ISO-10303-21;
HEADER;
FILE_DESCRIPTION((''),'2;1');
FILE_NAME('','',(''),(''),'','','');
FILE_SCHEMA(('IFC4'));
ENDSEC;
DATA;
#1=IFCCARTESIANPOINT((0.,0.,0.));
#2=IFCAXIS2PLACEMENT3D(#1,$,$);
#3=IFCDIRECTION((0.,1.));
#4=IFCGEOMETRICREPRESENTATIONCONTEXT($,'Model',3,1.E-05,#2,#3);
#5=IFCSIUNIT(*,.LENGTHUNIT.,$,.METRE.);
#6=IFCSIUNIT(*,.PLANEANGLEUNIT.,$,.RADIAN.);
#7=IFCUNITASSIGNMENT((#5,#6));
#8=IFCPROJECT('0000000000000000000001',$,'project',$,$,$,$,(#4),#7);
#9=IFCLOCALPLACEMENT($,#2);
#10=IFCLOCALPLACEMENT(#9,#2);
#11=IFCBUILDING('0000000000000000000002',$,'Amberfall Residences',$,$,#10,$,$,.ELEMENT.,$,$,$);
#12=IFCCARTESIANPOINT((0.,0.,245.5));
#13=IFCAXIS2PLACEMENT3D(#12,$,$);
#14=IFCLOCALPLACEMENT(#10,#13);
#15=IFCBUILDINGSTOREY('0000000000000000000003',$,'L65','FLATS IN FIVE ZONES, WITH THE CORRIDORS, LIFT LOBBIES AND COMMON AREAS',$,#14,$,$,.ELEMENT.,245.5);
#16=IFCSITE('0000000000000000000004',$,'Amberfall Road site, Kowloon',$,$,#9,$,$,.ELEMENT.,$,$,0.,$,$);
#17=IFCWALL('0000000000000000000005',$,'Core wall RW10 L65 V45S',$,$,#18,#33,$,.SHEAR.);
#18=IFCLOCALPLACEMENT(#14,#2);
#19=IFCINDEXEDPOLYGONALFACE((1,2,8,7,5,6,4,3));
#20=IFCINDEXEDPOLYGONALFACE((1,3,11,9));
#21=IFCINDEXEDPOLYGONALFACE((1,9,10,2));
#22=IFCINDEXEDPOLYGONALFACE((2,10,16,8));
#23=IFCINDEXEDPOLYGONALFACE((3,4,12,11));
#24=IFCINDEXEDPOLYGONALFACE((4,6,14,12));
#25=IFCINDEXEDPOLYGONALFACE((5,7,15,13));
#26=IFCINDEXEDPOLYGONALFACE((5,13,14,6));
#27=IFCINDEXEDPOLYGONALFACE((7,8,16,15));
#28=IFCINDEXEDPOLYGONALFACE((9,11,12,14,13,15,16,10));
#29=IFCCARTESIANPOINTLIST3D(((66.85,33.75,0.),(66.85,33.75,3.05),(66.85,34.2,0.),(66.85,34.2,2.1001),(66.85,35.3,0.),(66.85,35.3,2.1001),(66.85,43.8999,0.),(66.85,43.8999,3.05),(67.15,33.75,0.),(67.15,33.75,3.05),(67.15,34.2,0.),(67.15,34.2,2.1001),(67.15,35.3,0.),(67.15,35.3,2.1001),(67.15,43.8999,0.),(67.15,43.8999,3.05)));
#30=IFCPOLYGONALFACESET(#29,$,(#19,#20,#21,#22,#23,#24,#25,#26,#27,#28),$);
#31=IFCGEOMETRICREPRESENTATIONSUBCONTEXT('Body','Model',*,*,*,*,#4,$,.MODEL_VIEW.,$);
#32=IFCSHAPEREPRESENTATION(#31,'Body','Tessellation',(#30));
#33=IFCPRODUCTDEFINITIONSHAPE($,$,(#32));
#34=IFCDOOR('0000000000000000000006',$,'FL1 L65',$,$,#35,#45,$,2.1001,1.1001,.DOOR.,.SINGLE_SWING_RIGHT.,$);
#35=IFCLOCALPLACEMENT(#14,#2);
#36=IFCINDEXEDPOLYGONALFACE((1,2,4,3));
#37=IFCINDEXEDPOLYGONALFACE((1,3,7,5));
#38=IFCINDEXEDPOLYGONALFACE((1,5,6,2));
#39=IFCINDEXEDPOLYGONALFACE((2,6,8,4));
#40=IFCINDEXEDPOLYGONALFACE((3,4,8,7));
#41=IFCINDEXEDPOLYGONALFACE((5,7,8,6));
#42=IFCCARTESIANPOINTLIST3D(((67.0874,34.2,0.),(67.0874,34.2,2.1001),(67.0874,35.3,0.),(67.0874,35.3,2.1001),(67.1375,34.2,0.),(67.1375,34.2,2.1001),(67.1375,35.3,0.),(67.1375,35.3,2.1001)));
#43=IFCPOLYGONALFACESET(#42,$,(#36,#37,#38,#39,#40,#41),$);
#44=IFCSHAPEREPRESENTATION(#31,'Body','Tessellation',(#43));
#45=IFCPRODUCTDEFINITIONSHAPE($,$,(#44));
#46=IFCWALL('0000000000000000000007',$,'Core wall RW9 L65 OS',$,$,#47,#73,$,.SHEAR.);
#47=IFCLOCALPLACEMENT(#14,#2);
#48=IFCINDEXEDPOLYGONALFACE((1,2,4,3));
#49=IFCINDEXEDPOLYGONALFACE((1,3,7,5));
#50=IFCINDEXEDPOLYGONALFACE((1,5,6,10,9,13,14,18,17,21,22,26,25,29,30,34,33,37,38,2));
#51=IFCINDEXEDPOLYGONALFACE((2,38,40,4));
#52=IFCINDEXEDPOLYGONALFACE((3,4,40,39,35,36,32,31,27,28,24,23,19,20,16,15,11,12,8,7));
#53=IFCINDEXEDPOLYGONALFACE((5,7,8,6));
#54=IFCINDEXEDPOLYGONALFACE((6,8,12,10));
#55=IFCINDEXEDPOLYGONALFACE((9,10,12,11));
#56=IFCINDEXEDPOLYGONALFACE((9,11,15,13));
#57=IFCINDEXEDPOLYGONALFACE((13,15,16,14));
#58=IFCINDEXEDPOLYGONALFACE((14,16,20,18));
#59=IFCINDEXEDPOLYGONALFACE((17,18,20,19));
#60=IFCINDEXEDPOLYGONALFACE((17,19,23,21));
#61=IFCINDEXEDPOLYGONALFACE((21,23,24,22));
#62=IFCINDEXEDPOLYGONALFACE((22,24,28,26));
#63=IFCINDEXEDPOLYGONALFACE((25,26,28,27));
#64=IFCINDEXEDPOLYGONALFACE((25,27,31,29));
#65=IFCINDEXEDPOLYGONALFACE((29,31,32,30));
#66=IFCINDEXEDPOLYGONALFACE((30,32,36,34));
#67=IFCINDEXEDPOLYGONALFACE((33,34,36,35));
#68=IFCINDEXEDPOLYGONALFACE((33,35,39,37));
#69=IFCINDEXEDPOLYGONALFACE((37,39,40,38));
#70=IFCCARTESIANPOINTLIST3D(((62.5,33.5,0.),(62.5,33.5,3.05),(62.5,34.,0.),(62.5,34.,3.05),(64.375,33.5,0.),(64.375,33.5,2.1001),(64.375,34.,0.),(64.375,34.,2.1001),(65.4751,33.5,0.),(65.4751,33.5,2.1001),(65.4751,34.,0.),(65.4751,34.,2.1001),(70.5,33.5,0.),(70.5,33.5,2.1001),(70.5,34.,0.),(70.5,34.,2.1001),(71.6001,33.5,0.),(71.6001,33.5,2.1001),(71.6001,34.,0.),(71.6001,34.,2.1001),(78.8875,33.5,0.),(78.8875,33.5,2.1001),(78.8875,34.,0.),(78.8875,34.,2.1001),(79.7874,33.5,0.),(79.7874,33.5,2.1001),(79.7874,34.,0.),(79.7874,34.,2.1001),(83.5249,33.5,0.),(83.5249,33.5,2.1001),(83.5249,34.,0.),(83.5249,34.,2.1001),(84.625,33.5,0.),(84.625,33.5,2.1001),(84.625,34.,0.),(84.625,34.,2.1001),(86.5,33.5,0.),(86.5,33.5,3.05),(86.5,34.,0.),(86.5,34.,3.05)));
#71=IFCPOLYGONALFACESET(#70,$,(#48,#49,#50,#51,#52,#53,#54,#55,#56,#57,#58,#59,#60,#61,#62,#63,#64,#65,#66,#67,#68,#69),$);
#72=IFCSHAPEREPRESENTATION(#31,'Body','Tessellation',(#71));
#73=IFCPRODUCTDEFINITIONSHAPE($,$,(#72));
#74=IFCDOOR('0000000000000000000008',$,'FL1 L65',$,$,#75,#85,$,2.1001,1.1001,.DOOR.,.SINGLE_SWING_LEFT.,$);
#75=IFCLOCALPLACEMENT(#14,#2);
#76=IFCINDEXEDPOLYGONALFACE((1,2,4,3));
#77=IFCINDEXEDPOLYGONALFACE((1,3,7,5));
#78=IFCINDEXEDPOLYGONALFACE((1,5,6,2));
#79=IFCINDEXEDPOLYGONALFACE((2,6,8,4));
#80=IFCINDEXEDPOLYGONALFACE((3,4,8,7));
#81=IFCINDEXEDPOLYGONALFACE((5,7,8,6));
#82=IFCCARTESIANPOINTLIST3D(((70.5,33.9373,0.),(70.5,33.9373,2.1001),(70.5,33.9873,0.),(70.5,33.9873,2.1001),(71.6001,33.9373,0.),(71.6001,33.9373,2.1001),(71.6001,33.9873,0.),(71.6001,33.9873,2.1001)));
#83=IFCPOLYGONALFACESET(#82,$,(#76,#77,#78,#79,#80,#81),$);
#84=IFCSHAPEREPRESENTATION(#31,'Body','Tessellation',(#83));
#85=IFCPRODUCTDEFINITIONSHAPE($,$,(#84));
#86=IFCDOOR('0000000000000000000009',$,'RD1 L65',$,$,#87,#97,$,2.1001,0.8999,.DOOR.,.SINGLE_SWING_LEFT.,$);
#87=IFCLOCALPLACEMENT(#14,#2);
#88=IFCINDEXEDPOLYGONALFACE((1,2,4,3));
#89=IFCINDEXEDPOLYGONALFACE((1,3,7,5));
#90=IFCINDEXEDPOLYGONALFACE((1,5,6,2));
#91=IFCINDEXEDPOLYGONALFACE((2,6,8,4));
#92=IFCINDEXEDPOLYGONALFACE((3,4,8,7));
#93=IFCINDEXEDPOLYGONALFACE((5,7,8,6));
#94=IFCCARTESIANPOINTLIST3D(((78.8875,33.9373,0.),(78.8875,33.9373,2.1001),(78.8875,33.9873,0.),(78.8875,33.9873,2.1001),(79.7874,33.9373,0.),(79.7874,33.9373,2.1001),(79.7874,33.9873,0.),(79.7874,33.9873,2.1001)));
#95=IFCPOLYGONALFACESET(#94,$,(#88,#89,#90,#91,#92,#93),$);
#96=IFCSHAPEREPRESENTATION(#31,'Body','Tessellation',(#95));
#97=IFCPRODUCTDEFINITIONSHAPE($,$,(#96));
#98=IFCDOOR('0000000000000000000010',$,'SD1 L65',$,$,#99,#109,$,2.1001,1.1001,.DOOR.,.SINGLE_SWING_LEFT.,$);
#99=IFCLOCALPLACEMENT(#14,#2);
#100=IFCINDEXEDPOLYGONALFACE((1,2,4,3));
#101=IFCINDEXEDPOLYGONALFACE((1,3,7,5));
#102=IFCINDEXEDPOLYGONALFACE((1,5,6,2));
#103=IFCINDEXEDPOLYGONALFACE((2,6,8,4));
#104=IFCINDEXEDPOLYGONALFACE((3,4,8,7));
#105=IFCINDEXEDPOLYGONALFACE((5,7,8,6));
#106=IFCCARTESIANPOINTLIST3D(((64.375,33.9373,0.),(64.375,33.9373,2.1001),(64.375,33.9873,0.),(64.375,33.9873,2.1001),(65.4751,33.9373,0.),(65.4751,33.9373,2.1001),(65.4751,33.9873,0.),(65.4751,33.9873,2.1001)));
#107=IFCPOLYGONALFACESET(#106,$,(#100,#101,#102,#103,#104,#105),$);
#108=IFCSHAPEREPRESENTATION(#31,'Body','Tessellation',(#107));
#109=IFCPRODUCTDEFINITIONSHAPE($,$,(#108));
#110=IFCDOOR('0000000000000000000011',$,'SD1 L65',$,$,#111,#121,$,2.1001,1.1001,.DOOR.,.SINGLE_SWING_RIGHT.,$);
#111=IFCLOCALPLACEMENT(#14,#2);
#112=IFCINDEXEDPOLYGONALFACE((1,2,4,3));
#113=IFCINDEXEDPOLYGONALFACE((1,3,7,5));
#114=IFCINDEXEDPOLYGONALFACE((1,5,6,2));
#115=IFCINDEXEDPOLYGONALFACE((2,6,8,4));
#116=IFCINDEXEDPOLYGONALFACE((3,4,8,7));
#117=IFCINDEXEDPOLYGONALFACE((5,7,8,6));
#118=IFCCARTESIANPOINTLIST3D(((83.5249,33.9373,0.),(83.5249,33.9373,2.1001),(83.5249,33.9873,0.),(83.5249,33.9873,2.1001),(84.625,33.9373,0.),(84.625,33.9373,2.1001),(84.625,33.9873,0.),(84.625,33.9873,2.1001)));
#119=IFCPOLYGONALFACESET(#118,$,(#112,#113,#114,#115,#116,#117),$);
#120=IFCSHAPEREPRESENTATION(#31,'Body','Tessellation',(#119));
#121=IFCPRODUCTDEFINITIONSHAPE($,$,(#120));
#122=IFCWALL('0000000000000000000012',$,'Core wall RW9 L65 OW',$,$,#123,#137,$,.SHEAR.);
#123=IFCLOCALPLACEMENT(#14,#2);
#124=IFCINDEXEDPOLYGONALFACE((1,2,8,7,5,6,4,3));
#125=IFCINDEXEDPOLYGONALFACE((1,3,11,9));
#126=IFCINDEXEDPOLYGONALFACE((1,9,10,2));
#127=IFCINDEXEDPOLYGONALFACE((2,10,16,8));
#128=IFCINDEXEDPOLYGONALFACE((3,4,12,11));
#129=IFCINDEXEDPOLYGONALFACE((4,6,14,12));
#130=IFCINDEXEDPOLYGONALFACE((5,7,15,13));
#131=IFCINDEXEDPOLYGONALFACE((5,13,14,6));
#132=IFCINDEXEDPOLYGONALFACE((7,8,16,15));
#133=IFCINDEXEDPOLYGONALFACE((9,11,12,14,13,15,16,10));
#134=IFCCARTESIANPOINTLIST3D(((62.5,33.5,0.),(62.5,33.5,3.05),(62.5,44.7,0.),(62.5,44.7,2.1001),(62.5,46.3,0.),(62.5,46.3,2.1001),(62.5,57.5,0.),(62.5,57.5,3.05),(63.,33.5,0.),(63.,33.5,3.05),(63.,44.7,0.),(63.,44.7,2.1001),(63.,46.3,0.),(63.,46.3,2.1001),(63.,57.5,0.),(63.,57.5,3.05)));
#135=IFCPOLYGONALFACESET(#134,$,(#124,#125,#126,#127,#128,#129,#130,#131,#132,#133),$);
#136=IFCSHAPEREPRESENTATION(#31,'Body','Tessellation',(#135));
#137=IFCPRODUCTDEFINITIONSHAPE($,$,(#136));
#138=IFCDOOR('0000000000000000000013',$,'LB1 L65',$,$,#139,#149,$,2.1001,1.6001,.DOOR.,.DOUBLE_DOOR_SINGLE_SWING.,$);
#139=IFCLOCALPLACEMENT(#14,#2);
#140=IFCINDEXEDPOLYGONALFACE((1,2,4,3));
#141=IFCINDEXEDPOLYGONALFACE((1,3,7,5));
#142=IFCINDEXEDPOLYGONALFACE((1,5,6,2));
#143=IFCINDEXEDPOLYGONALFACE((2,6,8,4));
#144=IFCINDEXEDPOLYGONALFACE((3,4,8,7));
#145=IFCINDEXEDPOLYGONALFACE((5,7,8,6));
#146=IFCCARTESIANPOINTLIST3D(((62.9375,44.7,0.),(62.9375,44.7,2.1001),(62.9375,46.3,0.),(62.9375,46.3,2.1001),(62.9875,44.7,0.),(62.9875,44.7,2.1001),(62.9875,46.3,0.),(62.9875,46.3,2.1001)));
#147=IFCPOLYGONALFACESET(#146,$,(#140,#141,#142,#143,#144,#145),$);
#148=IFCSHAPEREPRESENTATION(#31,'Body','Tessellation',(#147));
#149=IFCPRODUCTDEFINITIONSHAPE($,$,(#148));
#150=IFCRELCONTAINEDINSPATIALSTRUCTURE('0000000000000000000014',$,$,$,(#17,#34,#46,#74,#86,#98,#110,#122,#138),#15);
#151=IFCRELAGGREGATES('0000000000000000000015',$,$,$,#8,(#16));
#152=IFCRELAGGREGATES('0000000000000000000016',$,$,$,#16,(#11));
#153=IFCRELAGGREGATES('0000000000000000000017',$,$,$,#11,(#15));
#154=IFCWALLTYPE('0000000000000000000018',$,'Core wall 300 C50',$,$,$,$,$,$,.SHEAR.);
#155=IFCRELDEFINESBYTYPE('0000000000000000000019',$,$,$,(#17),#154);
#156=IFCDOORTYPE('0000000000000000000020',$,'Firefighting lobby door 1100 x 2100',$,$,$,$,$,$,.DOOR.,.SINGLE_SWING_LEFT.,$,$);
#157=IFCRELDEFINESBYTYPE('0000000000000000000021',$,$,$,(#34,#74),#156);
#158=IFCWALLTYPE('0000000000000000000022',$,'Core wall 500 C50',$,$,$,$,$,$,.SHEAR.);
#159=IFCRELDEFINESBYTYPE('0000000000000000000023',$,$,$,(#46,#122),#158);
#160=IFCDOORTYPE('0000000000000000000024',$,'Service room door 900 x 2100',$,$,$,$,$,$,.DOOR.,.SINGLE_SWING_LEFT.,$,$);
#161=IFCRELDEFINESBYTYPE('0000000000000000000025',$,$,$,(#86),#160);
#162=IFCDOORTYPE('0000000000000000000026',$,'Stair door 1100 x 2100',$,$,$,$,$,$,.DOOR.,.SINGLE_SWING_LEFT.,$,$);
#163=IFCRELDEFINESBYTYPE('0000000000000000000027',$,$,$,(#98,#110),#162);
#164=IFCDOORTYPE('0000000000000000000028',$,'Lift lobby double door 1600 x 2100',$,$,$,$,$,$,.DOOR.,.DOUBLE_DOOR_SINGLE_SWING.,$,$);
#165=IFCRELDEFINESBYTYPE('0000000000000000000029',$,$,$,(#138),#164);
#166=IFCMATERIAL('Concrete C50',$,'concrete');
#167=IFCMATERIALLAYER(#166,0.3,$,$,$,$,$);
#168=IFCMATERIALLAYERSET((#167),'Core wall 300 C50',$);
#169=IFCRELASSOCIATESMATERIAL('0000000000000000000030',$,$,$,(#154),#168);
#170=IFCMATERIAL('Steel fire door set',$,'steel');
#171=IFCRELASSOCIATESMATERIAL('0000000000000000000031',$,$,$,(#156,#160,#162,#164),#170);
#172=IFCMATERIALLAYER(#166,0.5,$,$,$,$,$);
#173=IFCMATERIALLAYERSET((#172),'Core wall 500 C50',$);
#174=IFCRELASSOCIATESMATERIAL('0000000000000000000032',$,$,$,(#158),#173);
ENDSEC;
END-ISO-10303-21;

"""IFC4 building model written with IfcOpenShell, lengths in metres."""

from ifc_helpers import new_model, si_unit, direction, frame, frame_2d, origin, place, context, subcontext, project, spatial, rectangle, extrude, material, layer, layer_set, type_object, element, fill, save


model = new_model("IFC4")

# Units and contexts
model_context = context("Model", 3, precision=1e-05, world=origin(), true_north=direction((0.0, 1.0)))
body_context = subcontext(model_context, "Body", "Model", "MODEL_VIEW")
ifc_project = project(units=[si_unit("LENGTHUNIT", "METRE"), si_unit("PLANEANGLEUNIT", "RADIAN")], contexts=[model_context])

# Site, building, storey
site_placement = place(None, origin())
site = spatial("IfcSite", under=ifc_project, at=site_placement, Name="Amberfall Road site, Kowloon", CompositionType="ELEMENT", RefElevation=0.0)
building_placement = place(site_placement, origin())
building = spatial("IfcBuilding", under=site, at=building_placement, Name="Amberfall Residences", CompositionType="ELEMENT")
storey_placement = place(building_placement, frame((0.0, 0.0, 245.5)))
storey = spatial("IfcBuildingStorey", under=building, at=storey_placement, Name="L65", Description="FLATS IN FIVE ZONES, WITH THE CORRIDORS, LIFT LOBBIES AND COMMON AREAS", CompositionType="ELEMENT", Elevation=245.5)

# Wall, opening, door
ifc_material_1 = material(Name="Concrete C50", Category="concrete")
ifc_layer_1 = layer(ifc_material_1, 0.3)
ifc_layer_set_1 = layer_set([ifc_layer_1], Name="Core wall 300 C50")
wall_type_1 = type_object("IfcWallType", Name="Core wall 300 C50", PredefinedType="SHEAR", material=ifc_layer_set_1)
wall_1_placement = place(storey_placement, frame((67.0, 33.75, 0.0), z_axis=(0.0, 0.0, 1.0), x_axis=(0.0, 1.0, 0.0)))
wall_1 = element("IfcWall", 1, at=wall_1_placement, inside=storey, type_object=wall_type_1, Name="Core wall RW10 L65 V45S", PredefinedType="SHEAR", context=body_context, shape_type="SweptSolid", body=[
    extrude(rectangle(XDim=10.1499, YDim=0.3, at=frame_2d((5.075, 0.0))), origin(), (0.0, 0.0, 1.0), 3.05),
])
opening_1_placement = place(wall_1_placement, frame((0.45, 0.0, 0.0)))
opening_1 = element("IfcOpeningElement", 2, at=opening_1_placement, cuts=wall_1, PredefinedType="OPENING", context=body_context, shape_type="SweptSolid", body=[
    extrude(rectangle(XDim=1.1001, YDim=2.1001, at=frame_2d((0.55, 1.05))), frame((0.0, 0.1599, 0.0), z_axis=(0.0, -1.0, 0.0), x_axis=(1.0, 0.0, 0.0)), (0.0, 0.0, 1.0), 0.3201),
])
ifc_material_2 = material(Name="Steel fire door set", Category="steel")
door_type_1 = type_object("IfcDoorType", Name="Firefighting lobby door 1100 x 2100", OperationType="SINGLE_SWING_LEFT", PredefinedType="DOOR", material=ifc_material_2)
door_1_placement = place(opening_1_placement, origin())
door_1 = element("IfcDoor", 3, at=door_1_placement, inside=storey, type_object=door_type_1, Name="FL1 L65", OperationType="SINGLE_SWING_RIGHT", OverallHeight=2.1001, OverallWidth=1.1001, PredefinedType="DOOR", context=body_context, shape_type="SweptSolid", body=[
    extrude(rectangle(XDim=1.1001, YDim=2.1001, at=frame_2d((0.55, 1.05))), frame((0.0, -0.0874, 0.0), z_axis=(0.0, -1.0, 0.0), x_axis=(1.0, 0.0, 0.0)), (0.0, 0.0, 1.0), 0.05),
])
fill(opening_1, door_1)

# Wall, openings, doors
ifc_layer_2 = layer(ifc_material_1, 0.5)
ifc_layer_set_2 = layer_set([ifc_layer_2], Name="Core wall 500 C50")
wall_type_2 = type_object("IfcWallType", Name="Core wall 500 C50", PredefinedType="SHEAR", material=ifc_layer_set_2)
wall_2_placement = place(storey_placement, frame((62.5, 33.75, 0.0), z_axis=(0.0, 0.0, 1.0), x_axis=(1.0, 0.0, 0.0)))
wall_2 = element("IfcWall", 4, at=wall_2_placement, inside=storey, type_object=wall_type_2, Name="Core wall RW9 L65 OS", PredefinedType="SHEAR", context=body_context, shape_type="SweptSolid", body=[
    extrude(rectangle(XDim=24.0, YDim=0.5, at=frame_2d((12.0, 0.0))), origin(), (0.0, 0.0, 1.0), 3.05),
])
opening_2_placement = place(wall_2_placement, frame((1.875, 0.0, 0.0)))
opening_2 = element("IfcOpeningElement", 5, at=opening_2_placement, cuts=wall_2, PredefinedType="OPENING", context=body_context, shape_type="SweptSolid", body=[
    extrude(rectangle(XDim=1.1001, YDim=2.1001, at=frame_2d((0.55, 1.05))), frame((0.0, 0.26, 0.0), z_axis=(0.0, -1.0, 0.0), x_axis=(1.0, 0.0, 0.0)), (0.0, 0.0, 1.0), 0.52),
])
opening_3_placement = place(wall_2_placement, frame((21.0249, 0.0, 0.0)))
opening_3 = element("IfcOpeningElement", 6, at=opening_3_placement, cuts=wall_2, PredefinedType="OPENING", context=body_context, shape_type="SweptSolid", body=[
    extrude(rectangle(XDim=1.1001, YDim=2.1001, at=frame_2d((0.55, 1.05))), frame((0.0, 0.26, 0.0), z_axis=(0.0, -1.0, 0.0), x_axis=(1.0, 0.0, 0.0)), (0.0, 0.0, 1.0), 0.52),
])
opening_4_placement = place(wall_2_placement, frame((8.0, 0.0, 0.0)))
opening_4 = element("IfcOpeningElement", 7, at=opening_4_placement, cuts=wall_2, PredefinedType="OPENING", context=body_context, shape_type="SweptSolid", body=[
    extrude(rectangle(XDim=1.1001, YDim=2.1001, at=frame_2d((0.55, 1.05))), frame((0.0, 0.26, 0.0), z_axis=(0.0, -1.0, 0.0), x_axis=(1.0, 0.0, 0.0)), (0.0, 0.0, 1.0), 0.52),
])
opening_5_placement = place(wall_2_placement, frame((16.3875, 0.0, 0.0)))
opening_5 = element("IfcOpeningElement", 8, at=opening_5_placement, cuts=wall_2, PredefinedType="OPENING", context=body_context, shape_type="SweptSolid", body=[
    extrude(rectangle(XDim=0.8999, YDim=2.1001, at=frame_2d((0.45, 1.05))), frame((0.0, 0.26, 0.0), z_axis=(0.0, -1.0, 0.0), x_axis=(1.0, 0.0, 0.0)), (0.0, 0.0, 1.0), 0.52),
])
door_2_placement = place(opening_4_placement, origin())
door_2 = element("IfcDoor", 9, at=door_2_placement, inside=storey, type_object=door_type_1, Name="FL1 L65", OperationType="SINGLE_SWING_LEFT", OverallHeight=2.1001, OverallWidth=1.1001, PredefinedType="DOOR", context=body_context, shape_type="SweptSolid", body=[
    extrude(rectangle(XDim=1.1001, YDim=2.1001, at=frame_2d((0.55, 1.05))), frame((0.0, 0.2373, 0.0), z_axis=(0.0, -1.0, 0.0), x_axis=(1.0, 0.0, 0.0)), (0.0, 0.0, 1.0), 0.05),
])
fill(opening_4, door_2)
door_type_2 = type_object("IfcDoorType", Name="Service room door 900 x 2100", OperationType="SINGLE_SWING_LEFT", PredefinedType="DOOR", material=ifc_material_2)
door_3_placement = place(opening_5_placement, origin())
door_3 = element("IfcDoor", 10, at=door_3_placement, inside=storey, type_object=door_type_2, Name="RD1 L65", OperationType="SINGLE_SWING_LEFT", OverallHeight=2.1001, OverallWidth=0.8999, PredefinedType="DOOR", context=body_context, shape_type="SweptSolid", body=[
    extrude(rectangle(XDim=0.8999, YDim=2.1001, at=frame_2d((0.45, 1.05))), frame((0.0, 0.2373, 0.0), z_axis=(0.0, -1.0, 0.0), x_axis=(1.0, 0.0, 0.0)), (0.0, 0.0, 1.0), 0.05),
])
fill(opening_5, door_3)
door_type_3 = type_object("IfcDoorType", Name="Stair door 1100 x 2100", OperationType="SINGLE_SWING_LEFT", PredefinedType="DOOR", material=ifc_material_2)
door_4_placement = place(opening_2_placement, origin())
door_4 = element("IfcDoor", 11, at=door_4_placement, inside=storey, type_object=door_type_3, Name="SD1 L65", OperationType="SINGLE_SWING_LEFT", OverallHeight=2.1001, OverallWidth=1.1001, PredefinedType="DOOR", context=body_context, shape_type="SweptSolid", body=[
    extrude(rectangle(XDim=1.1001, YDim=2.1001, at=frame_2d((0.55, 1.05))), frame((0.0, 0.2373, 0.0), z_axis=(0.0, -1.0, 0.0), x_axis=(1.0, 0.0, 0.0)), (0.0, 0.0, 1.0), 0.05),
])
fill(opening_2, door_4)
door_5_placement = place(opening_3_placement, origin())
door_5 = element("IfcDoor", 12, at=door_5_placement, inside=storey, type_object=door_type_3, Name="SD1 L65", OperationType="SINGLE_SWING_RIGHT", OverallHeight=2.1001, OverallWidth=1.1001, PredefinedType="DOOR", context=body_context, shape_type="SweptSolid", body=[
    extrude(rectangle(XDim=1.1001, YDim=2.1001, at=frame_2d((0.55, 1.05))), frame((0.0, 0.2373, 0.0), z_axis=(0.0, -1.0, 0.0), x_axis=(1.0, 0.0, 0.0)), (0.0, 0.0, 1.0), 0.05),
])
fill(opening_3, door_5)

# Wall, opening, door
wall_3_placement = place(storey_placement, frame((62.75, 33.5, 0.0), z_axis=(0.0, 0.0, 1.0), x_axis=(0.0, 1.0, 0.0)))
wall_3 = element("IfcWall", 13, at=wall_3_placement, inside=storey, type_object=wall_type_2, Name="Core wall RW9 L65 OW", PredefinedType="SHEAR", context=body_context, shape_type="SweptSolid", body=[
    extrude(rectangle(XDim=24.0, YDim=0.5, at=frame_2d((12.0, 0.0))), origin(), (0.0, 0.0, 1.0), 3.05),
])
opening_6_placement = place(wall_3_placement, frame((11.2, 0.0, 0.0)))
opening_6 = element("IfcOpeningElement", 14, at=opening_6_placement, cuts=wall_3, PredefinedType="OPENING", context=body_context, shape_type="SweptSolid", body=[
    extrude(rectangle(XDim=1.6001, YDim=2.1001, at=frame_2d((0.8, 1.05))), frame((0.0, 0.26, 0.0), z_axis=(0.0, -1.0, 0.0), x_axis=(1.0, 0.0, 0.0)), (0.0, 0.0, 1.0), 0.52),
])
door_type_4 = type_object("IfcDoorType", Name="Lift lobby double door 1600 x 2100", OperationType="DOUBLE_DOOR_SINGLE_SWING", PredefinedType="DOOR", material=ifc_material_2)
door_6_placement = place(opening_6_placement, origin())
door_6 = element("IfcDoor", 15, at=door_6_placement, inside=storey, type_object=door_type_4, Name="LB1 L65", OperationType="DOUBLE_DOOR_SINGLE_SWING", OverallHeight=2.1001, OverallWidth=1.6001, PredefinedType="DOOR", context=body_context, shape_type="SweptSolid", body=[
    extrude(rectangle(XDim=1.6001, YDim=2.1001, at=frame_2d((0.8, 1.05))), frame((0.0, -0.1875, 0.0), z_axis=(0.0, -1.0, 0.0), x_axis=(1.0, 0.0, 0.0)), (0.0, 0.0, 1.0), 0.05),
])
fill(opening_6, door_6)

save(model, "model.ifc")
